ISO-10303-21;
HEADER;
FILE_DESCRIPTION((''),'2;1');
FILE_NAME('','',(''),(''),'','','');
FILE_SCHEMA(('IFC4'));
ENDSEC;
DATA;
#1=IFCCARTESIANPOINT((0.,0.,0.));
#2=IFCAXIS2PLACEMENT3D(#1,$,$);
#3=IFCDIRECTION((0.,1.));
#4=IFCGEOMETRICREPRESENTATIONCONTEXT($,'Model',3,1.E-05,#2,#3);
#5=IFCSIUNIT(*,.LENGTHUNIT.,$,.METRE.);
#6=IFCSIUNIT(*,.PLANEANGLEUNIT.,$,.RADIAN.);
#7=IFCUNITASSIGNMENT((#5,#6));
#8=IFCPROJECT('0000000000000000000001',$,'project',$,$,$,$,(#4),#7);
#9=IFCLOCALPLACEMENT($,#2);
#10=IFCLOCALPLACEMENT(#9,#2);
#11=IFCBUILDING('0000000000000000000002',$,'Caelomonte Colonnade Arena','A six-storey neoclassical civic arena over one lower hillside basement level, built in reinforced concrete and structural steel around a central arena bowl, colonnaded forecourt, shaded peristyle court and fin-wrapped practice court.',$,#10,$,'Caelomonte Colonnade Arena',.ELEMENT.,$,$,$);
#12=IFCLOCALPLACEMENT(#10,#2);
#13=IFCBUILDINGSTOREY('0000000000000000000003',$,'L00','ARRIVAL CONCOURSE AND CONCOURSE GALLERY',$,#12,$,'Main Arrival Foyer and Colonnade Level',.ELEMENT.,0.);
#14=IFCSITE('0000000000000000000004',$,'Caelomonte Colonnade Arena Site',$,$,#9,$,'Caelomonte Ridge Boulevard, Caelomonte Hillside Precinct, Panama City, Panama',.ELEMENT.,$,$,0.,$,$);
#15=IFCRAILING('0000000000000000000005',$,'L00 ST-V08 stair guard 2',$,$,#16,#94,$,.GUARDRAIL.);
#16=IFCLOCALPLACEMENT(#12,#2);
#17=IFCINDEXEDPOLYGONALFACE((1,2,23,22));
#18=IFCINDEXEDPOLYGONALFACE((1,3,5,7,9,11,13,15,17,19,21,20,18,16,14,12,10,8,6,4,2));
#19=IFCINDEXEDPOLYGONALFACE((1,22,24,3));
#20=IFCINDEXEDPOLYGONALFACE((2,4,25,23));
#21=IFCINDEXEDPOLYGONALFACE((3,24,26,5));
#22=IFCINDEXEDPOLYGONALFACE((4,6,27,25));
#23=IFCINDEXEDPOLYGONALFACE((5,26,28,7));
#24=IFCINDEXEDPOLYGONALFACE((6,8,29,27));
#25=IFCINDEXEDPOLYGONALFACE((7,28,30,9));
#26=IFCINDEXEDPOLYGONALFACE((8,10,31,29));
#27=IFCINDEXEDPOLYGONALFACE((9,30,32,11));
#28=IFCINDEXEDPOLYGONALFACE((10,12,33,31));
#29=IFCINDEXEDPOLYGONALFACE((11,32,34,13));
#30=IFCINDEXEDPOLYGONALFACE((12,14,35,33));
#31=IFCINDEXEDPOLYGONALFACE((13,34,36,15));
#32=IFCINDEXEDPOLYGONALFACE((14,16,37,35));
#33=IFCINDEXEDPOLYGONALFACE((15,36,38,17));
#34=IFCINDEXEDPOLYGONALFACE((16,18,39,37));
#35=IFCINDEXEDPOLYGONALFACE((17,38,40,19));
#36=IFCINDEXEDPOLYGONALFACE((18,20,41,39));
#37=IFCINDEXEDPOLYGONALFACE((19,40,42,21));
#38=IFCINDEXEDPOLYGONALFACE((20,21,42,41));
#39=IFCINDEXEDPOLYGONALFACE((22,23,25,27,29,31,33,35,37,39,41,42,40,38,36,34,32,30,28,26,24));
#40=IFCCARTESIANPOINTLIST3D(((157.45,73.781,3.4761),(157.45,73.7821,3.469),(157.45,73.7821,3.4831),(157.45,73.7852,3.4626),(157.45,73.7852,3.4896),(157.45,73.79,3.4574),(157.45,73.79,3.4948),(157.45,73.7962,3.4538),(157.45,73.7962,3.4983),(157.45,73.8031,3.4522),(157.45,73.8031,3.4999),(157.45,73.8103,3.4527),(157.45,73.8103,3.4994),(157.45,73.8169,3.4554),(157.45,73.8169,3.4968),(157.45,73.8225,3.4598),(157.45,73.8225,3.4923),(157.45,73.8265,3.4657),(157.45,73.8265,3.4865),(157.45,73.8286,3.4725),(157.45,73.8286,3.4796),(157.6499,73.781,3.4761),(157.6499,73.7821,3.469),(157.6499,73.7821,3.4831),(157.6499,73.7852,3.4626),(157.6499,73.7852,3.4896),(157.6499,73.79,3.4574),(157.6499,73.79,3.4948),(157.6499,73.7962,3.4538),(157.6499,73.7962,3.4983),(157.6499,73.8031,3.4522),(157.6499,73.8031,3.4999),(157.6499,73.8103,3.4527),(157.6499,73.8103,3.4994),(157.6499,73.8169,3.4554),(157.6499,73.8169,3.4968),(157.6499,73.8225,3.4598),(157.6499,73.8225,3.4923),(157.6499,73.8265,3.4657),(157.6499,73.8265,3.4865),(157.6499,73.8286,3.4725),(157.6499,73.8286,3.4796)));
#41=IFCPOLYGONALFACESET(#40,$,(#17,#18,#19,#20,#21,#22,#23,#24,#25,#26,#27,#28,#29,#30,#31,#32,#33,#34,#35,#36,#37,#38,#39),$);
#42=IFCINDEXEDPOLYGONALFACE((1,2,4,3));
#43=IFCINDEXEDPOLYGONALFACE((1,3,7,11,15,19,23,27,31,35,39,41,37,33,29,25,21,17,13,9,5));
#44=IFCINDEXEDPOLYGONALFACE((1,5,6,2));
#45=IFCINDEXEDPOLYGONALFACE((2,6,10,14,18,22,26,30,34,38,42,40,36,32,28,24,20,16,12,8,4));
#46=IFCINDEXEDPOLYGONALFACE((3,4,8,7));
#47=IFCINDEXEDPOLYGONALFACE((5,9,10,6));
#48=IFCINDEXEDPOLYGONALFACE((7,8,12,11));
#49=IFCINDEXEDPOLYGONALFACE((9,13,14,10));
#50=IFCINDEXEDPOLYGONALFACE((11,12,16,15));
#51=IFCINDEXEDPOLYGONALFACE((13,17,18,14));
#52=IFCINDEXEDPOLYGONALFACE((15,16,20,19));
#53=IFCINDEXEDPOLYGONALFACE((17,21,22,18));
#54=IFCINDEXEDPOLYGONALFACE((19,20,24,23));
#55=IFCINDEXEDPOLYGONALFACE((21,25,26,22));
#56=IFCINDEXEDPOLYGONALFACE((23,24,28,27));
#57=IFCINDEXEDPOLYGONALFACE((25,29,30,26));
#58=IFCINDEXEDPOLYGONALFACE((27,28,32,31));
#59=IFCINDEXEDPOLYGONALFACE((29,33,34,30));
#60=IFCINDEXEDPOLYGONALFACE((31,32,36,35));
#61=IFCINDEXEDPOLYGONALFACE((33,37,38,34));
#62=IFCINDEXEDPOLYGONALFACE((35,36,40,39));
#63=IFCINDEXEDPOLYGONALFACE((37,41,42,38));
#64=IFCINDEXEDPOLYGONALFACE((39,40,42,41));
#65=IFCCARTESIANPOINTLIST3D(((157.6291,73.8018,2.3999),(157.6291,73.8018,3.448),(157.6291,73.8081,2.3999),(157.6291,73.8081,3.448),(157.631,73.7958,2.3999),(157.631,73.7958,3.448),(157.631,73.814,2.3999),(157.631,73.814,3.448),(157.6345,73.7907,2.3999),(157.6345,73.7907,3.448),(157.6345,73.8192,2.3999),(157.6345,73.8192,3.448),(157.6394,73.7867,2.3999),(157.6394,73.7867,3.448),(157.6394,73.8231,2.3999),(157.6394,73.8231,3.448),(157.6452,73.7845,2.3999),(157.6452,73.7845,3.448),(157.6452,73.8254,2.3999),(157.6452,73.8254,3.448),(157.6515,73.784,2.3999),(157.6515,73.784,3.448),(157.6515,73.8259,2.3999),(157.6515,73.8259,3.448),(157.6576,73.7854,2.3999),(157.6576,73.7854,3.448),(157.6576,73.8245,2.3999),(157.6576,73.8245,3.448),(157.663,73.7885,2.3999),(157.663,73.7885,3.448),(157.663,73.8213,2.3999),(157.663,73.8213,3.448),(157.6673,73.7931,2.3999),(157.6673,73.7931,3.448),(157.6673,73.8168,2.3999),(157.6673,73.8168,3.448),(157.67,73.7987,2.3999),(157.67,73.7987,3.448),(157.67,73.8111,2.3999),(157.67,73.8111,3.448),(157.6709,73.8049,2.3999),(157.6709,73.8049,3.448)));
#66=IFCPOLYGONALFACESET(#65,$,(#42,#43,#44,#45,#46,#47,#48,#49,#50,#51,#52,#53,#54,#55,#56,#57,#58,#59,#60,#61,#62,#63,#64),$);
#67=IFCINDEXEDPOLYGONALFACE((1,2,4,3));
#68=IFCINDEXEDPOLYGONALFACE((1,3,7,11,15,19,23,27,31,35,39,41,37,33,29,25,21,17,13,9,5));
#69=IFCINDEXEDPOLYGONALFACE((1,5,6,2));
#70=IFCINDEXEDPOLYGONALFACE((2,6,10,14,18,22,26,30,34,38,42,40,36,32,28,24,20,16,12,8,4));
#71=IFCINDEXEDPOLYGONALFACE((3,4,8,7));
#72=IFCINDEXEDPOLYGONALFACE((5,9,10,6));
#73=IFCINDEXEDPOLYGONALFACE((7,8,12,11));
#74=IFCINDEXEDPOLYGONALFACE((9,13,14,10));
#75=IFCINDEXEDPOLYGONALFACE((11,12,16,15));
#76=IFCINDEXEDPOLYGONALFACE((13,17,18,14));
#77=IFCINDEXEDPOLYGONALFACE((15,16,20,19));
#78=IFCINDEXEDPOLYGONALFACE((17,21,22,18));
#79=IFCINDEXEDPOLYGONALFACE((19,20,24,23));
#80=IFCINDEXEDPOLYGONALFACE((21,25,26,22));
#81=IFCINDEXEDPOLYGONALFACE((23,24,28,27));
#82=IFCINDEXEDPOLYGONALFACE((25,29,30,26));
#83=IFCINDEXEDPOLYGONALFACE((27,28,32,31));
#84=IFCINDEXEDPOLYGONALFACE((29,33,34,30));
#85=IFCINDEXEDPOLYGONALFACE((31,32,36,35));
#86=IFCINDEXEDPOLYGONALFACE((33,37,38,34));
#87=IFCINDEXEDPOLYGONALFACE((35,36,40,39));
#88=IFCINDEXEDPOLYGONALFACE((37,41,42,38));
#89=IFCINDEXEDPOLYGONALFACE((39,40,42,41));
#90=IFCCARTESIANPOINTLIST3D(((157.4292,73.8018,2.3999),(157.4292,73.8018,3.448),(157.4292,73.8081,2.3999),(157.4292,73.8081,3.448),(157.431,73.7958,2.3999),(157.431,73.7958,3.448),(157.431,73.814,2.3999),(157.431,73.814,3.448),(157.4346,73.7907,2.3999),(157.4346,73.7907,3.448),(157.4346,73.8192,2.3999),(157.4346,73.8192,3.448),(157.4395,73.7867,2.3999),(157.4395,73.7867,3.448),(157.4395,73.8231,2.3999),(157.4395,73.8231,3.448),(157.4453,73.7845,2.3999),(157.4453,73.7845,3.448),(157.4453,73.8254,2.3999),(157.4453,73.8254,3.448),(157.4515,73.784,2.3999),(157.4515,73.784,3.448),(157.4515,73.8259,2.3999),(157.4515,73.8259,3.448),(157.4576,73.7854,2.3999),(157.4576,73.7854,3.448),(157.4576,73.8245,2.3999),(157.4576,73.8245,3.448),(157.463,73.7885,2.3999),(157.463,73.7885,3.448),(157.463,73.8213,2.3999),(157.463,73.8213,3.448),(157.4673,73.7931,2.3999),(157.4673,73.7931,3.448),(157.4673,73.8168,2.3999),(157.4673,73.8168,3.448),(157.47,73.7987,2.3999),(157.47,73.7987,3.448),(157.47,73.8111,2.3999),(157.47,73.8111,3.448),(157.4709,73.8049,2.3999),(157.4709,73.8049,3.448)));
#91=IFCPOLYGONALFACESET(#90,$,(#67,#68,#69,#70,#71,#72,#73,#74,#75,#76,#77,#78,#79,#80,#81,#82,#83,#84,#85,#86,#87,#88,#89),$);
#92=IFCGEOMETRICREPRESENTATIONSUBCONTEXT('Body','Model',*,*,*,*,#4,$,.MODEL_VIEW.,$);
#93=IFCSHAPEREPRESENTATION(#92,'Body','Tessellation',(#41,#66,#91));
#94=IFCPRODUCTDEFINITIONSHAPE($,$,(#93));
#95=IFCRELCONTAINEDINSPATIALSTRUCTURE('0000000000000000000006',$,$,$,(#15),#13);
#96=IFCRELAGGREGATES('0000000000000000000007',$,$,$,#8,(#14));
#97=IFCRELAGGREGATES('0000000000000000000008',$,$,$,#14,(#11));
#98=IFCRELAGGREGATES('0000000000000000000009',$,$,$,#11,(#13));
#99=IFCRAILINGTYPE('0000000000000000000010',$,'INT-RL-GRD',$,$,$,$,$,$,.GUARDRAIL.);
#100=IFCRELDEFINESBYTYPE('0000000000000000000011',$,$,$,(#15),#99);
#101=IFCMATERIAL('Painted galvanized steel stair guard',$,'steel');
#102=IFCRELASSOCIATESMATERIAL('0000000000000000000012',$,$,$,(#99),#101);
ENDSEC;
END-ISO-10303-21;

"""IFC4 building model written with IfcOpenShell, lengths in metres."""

from ifc_helpers import new_model, si_unit, direction, frame, origin, origin_2d, place, context, subcontext, project, spatial, circle, extrude, material, type_object, element, save


model = new_model("IFC4")

# Units and contexts
model_context = context("Model", 3, precision=1e-05, world=origin(), true_north=direction((0.0, 1.0)))
body_context = subcontext(model_context, "Body", "Model", "MODEL_VIEW")
ifc_project = project(units=[si_unit("LENGTHUNIT", "METRE"), si_unit("PLANEANGLEUNIT", "RADIAN")], contexts=[model_context])

# Site, building, storey
site_placement = place(None, origin())
site = spatial("IfcSite", under=ifc_project, at=site_placement, Name="Caelomonte Colonnade Arena Site", LongName="Caelomonte Ridge Boulevard, Caelomonte Hillside Precinct, Panama City, Panama", CompositionType="ELEMENT", RefElevation=0.0)
building_placement = place(site_placement, origin())
building = spatial("IfcBuilding", under=site, at=building_placement, Name="Caelomonte Colonnade Arena", Description="A six-storey neoclassical civic arena over one lower hillside basement level, built in reinforced concrete and structural steel around a central arena bowl, colonnaded forecourt, shaded peristyle court and fin-wrapped practice court.", LongName="Caelomonte Colonnade Arena", CompositionType="ELEMENT")
storey_placement = place(building_placement, origin())
storey = spatial("IfcBuildingStorey", under=building, at=storey_placement, Name="L00", Description="ARRIVAL CONCOURSE AND CONCOURSE GALLERY", LongName="Main Arrival Foyer and Colonnade Level", CompositionType="ELEMENT", Elevation=0.0)

# Railing
ifc_material_1 = material(Name="Painted galvanized steel stair guard", Category="steel")
railing_type_1 = type_object("IfcRailingType", Name="INT-RL-GRD", PredefinedType="GUARDRAIL", material=ifc_material_1)
railing_1_placement = place(storey_placement, frame((157.6499, 73.8049, 2.3999)))
element("IfcRailing", 1, at=railing_1_placement, inside=storey, type_object=railing_type_1, Name="L00 ST-V08 stair guard 2", PredefinedType="GUARDRAIL", context=body_context, shape_type="SweptSolid", body=[
    extrude(circle(Radius=0.0239, at=origin_2d()), frame((0.0, 0.0, 1.0762), z_axis=(-1.0, 0.0, 0.0), x_axis=(0.0, -1.0, 0.0)), (0.0, 0.0, 1.0), 0.2),
    extrude(circle(Radius=0.021, at=origin_2d()), origin(), (0.0, 0.0, 1.0), 1.0481),
    extrude(circle(Radius=0.021, at=origin_2d()), frame((-0.2, 0.0, 0.0)), (0.0, 0.0, 1.0), 1.0481),
])

save(model, "model.ifc")
